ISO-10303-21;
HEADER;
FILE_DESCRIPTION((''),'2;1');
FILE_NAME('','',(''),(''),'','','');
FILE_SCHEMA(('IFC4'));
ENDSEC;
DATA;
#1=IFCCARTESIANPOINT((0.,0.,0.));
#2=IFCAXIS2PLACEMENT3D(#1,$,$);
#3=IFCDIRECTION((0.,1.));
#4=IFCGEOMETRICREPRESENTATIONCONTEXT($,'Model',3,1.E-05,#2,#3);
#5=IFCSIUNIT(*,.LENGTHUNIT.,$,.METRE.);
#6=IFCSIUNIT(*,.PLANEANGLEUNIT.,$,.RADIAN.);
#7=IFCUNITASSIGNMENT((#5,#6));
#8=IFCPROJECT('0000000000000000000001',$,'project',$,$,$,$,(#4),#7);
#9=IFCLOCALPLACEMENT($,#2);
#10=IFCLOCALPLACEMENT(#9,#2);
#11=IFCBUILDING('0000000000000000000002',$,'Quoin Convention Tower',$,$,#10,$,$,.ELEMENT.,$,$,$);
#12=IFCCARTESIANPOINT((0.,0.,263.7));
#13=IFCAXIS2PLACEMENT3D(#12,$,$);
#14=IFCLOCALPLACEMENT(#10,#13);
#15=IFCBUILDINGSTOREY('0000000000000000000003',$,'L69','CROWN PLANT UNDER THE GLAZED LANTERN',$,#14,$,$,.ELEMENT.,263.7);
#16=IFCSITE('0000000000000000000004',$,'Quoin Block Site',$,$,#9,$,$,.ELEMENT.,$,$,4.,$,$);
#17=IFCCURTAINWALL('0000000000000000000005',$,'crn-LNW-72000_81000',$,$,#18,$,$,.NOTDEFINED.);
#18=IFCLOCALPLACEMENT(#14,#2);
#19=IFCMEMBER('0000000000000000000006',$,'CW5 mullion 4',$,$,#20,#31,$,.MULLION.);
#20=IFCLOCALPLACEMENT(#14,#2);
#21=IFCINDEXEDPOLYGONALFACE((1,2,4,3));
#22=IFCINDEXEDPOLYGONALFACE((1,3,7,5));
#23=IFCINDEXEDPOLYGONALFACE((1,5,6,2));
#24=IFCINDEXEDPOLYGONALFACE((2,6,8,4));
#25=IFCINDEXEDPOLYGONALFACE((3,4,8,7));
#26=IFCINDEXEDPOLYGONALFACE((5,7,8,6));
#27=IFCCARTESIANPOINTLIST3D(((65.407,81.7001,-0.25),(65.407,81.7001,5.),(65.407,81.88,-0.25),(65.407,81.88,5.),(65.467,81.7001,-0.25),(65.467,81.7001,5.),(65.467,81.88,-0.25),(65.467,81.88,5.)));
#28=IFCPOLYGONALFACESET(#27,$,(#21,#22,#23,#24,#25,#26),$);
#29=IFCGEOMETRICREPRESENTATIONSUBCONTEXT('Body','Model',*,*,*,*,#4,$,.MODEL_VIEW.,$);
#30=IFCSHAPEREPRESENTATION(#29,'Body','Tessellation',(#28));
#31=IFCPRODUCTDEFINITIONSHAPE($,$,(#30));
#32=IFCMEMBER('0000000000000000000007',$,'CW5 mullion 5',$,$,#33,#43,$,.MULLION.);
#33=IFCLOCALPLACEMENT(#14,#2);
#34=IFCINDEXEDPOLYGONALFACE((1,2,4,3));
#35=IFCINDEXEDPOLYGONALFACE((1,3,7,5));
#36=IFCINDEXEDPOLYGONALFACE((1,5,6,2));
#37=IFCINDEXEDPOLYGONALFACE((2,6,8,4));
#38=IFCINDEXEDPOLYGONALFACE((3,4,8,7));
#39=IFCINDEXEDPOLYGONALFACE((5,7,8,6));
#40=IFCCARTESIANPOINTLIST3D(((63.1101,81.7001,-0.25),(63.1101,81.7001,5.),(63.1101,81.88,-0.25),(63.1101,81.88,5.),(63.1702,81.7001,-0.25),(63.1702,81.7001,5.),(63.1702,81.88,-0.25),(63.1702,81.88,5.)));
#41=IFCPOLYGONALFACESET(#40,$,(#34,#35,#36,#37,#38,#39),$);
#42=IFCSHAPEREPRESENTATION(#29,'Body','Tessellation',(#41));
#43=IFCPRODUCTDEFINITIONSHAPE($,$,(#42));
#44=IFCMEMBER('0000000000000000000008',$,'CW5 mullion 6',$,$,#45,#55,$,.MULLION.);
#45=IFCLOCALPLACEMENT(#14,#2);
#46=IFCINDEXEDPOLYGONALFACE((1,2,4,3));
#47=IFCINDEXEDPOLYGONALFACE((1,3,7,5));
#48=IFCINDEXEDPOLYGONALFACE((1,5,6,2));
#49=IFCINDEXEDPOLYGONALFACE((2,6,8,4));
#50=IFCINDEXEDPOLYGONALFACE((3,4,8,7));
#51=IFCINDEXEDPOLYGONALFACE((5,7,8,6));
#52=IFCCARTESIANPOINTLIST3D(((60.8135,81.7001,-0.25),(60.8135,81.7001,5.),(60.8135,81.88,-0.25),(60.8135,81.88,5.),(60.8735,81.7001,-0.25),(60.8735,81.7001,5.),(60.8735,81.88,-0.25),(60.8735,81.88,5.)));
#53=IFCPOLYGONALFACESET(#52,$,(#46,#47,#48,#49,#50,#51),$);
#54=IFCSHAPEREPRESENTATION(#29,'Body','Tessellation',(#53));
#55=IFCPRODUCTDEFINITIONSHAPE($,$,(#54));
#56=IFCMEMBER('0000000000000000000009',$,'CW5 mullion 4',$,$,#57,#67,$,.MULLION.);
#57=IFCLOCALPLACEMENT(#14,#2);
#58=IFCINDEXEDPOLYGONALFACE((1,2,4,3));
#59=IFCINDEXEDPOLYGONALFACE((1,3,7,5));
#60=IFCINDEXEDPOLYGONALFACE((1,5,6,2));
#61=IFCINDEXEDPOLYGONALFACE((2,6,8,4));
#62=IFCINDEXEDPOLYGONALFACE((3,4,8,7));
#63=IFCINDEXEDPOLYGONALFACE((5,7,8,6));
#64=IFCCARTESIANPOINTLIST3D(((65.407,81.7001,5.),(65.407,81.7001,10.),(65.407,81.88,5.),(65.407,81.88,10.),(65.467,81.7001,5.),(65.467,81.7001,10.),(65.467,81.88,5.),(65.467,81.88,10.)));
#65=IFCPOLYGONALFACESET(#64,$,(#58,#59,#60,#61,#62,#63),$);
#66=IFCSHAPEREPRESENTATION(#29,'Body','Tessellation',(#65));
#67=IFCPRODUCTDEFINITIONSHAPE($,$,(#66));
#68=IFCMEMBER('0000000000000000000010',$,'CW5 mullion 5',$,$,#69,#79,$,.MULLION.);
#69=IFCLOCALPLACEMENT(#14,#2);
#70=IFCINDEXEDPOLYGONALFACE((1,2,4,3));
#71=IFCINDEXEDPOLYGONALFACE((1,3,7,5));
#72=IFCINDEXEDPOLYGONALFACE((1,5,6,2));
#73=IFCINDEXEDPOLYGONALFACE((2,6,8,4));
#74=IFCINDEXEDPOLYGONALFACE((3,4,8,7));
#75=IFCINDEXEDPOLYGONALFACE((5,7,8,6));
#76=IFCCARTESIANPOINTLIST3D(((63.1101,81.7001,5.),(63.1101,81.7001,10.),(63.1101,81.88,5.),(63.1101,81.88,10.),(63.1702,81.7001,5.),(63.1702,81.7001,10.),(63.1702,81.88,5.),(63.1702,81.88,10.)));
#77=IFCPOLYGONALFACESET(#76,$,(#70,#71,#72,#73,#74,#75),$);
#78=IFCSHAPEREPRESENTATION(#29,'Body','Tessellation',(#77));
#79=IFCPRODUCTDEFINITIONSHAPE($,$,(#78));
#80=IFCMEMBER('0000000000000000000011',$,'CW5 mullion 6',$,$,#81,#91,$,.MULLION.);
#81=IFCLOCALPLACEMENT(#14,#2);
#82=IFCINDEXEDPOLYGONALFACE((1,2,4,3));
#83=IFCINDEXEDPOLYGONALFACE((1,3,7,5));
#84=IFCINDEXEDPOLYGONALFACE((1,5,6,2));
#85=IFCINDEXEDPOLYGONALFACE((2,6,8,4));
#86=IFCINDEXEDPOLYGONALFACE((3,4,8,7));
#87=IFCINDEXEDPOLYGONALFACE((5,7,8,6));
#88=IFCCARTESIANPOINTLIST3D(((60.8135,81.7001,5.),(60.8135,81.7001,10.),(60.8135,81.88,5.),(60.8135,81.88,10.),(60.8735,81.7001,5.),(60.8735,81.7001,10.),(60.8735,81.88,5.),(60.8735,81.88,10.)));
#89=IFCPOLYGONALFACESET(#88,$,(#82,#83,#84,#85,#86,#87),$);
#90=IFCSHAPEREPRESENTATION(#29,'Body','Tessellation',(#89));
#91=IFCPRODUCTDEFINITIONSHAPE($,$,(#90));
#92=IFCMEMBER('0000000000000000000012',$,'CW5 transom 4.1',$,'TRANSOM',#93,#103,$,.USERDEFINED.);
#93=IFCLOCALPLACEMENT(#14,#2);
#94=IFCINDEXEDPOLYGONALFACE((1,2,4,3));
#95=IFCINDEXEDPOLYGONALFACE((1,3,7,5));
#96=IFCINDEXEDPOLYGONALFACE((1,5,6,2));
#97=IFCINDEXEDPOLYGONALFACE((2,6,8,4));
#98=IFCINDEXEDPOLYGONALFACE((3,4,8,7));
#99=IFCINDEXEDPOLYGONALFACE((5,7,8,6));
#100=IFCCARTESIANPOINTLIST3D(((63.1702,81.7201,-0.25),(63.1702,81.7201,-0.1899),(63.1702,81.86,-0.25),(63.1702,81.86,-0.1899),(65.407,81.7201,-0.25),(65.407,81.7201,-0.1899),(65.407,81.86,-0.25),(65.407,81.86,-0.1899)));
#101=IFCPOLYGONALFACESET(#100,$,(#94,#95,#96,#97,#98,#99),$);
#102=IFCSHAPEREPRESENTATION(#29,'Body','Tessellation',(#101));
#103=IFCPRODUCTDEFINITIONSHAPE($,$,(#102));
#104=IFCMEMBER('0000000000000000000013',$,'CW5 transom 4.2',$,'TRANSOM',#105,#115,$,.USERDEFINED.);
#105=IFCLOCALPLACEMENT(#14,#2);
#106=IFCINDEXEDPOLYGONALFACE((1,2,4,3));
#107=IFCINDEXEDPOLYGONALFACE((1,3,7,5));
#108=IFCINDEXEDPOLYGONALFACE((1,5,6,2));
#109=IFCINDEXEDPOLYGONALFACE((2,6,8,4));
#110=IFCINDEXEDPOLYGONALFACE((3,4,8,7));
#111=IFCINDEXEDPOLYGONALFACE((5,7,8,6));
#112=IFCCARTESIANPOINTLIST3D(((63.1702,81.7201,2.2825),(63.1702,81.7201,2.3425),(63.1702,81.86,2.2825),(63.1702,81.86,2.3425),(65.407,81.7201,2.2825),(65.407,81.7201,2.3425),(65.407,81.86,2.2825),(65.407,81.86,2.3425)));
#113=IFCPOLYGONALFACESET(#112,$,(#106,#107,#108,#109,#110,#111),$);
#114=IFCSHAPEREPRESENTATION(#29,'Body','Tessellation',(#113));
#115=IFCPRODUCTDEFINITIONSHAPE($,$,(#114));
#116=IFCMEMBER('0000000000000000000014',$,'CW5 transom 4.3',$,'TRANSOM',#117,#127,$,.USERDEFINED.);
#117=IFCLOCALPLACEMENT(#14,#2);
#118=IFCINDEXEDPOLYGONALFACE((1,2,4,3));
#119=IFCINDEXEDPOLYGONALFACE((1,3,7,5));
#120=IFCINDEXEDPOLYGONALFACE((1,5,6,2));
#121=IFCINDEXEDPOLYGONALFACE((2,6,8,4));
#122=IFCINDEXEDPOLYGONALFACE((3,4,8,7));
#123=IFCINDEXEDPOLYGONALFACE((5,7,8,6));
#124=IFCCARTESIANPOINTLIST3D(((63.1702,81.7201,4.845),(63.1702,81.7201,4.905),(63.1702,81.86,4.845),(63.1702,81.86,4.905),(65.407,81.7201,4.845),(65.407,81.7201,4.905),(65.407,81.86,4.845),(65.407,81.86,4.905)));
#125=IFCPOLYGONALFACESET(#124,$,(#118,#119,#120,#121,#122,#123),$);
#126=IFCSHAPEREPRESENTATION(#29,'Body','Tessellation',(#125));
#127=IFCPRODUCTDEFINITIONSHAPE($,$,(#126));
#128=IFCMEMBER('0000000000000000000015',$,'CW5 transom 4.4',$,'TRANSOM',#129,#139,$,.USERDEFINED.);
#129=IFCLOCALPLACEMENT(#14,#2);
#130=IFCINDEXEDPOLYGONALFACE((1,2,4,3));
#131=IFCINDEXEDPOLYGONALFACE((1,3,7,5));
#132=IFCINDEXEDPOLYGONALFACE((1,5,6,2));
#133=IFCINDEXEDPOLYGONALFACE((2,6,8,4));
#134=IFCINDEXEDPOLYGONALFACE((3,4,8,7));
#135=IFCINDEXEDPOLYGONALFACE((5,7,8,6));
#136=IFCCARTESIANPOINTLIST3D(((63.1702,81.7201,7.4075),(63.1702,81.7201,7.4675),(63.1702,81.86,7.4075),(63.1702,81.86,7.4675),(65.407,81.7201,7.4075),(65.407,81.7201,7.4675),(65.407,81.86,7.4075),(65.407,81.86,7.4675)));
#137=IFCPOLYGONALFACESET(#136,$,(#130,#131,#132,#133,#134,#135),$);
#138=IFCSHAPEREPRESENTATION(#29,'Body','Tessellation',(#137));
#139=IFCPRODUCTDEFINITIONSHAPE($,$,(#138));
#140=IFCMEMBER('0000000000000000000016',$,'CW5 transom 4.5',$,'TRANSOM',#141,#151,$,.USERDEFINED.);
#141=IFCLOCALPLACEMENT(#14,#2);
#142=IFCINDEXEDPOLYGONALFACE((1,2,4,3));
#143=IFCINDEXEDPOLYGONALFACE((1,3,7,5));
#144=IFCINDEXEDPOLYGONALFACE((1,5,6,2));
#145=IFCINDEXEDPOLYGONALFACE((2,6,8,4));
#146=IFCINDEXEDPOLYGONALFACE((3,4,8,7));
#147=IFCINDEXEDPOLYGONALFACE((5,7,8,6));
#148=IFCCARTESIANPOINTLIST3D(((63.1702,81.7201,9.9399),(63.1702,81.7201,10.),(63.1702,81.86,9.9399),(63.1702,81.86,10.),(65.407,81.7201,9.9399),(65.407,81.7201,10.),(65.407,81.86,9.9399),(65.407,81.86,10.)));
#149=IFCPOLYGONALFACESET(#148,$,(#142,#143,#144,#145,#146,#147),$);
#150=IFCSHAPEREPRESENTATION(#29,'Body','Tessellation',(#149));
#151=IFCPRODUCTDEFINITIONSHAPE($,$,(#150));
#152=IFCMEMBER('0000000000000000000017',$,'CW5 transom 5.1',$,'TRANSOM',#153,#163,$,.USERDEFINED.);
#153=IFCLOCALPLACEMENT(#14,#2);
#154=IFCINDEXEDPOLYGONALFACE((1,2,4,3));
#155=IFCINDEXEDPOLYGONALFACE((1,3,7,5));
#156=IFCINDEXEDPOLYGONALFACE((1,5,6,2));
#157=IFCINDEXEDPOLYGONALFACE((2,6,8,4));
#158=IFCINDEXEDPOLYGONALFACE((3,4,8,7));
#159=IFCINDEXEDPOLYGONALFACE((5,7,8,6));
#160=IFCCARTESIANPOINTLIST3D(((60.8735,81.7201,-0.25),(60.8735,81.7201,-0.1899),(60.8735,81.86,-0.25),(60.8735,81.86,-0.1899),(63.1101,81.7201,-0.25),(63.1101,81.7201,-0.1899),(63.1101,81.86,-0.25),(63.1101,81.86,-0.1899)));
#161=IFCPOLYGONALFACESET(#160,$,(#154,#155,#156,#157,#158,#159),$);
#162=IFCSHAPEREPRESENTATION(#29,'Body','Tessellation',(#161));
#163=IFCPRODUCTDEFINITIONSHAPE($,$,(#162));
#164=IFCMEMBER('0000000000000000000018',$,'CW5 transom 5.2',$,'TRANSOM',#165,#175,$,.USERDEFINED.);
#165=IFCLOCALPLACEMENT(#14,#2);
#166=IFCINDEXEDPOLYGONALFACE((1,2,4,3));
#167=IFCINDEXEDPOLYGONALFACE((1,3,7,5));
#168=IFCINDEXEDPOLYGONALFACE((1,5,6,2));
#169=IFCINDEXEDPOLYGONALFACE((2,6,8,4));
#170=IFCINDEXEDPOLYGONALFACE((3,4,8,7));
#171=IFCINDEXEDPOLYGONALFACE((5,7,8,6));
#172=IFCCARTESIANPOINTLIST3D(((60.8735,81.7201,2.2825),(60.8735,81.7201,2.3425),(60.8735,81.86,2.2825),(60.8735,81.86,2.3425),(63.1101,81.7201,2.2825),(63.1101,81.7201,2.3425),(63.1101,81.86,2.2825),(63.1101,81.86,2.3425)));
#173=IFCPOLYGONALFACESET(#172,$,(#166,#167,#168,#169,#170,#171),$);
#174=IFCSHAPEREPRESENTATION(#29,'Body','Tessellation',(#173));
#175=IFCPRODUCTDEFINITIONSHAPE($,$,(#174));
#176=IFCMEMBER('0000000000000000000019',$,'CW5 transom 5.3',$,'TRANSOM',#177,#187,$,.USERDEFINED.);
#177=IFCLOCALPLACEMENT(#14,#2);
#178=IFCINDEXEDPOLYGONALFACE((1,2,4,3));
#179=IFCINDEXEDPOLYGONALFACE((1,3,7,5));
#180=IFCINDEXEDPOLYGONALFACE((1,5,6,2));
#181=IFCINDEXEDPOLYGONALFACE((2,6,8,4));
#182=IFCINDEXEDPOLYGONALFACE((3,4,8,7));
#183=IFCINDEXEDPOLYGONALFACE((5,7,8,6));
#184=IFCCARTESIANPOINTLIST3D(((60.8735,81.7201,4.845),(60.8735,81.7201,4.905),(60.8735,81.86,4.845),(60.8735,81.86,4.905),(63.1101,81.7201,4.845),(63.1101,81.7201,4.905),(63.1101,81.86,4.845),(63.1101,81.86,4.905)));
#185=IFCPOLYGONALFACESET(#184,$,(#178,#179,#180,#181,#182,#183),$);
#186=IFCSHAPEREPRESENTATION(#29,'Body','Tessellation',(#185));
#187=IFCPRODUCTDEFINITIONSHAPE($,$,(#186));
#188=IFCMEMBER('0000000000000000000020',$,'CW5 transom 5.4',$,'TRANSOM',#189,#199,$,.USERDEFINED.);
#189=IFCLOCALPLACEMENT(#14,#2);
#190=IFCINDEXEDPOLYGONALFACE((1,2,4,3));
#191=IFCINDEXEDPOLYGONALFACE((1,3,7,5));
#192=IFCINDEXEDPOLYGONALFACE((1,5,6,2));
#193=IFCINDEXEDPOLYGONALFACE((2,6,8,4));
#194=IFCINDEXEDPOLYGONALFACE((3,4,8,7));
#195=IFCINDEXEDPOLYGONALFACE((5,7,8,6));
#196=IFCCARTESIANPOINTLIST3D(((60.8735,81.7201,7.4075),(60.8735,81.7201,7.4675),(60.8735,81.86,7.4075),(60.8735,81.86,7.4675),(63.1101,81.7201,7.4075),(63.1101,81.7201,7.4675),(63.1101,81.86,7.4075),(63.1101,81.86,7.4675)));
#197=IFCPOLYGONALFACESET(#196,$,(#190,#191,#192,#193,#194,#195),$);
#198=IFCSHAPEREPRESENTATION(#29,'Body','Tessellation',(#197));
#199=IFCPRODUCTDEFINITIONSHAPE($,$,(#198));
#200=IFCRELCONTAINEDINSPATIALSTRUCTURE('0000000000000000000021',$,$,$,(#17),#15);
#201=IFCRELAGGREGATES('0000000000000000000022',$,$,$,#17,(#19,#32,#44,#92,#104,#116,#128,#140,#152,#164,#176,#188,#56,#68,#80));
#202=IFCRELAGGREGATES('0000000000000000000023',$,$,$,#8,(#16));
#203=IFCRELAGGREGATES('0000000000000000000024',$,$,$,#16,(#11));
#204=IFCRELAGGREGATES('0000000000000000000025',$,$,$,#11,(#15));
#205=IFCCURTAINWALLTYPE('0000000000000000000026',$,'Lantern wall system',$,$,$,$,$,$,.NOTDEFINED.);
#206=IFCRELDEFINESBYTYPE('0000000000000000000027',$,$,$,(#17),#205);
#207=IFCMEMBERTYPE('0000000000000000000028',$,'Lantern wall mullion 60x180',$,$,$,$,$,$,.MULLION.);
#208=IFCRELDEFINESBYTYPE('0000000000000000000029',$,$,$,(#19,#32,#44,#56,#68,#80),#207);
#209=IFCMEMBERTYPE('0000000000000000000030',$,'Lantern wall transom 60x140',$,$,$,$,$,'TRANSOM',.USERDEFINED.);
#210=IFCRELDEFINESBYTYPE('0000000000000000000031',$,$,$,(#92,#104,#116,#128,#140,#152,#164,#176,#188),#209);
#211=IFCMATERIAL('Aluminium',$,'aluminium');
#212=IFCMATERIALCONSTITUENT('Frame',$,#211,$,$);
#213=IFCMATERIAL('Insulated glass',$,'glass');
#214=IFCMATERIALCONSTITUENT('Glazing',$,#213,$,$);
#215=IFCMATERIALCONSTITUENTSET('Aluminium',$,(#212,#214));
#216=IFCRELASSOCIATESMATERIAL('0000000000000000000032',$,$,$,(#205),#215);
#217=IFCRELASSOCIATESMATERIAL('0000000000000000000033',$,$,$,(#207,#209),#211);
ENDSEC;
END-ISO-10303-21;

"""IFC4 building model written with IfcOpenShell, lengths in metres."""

from ifc_helpers import new_model, si_unit, direction, frame, origin, origin_2d, place, context, subcontext, project, spatial, rectangle, extrude, material, constituent, constituent_set, material_profile, profile_set, type_object, element, aggregate, save


model = new_model("IFC4")

# Units and contexts
model_context = context("Model", 3, precision=1e-05, world=origin(), true_north=direction((0.0, 1.0)))
body_context = subcontext(model_context, "Body", "Model", "MODEL_VIEW")
ifc_project = project(units=[si_unit("LENGTHUNIT", "METRE"), si_unit("PLANEANGLEUNIT", "RADIAN")], contexts=[model_context])

# Site, building, storey
site_placement = place(None, origin())
site = spatial("IfcSite", under=ifc_project, at=site_placement, Name="Quoin Block Site", CompositionType="ELEMENT", RefElevation=4.0)
building_placement = place(site_placement, origin())
building = spatial("IfcBuilding", under=site, at=building_placement, Name="Quoin Convention Tower", CompositionType="ELEMENT")
storey_placement = place(building_placement, frame((0.0, 0.0, 263.7)))
storey = spatial("IfcBuildingStorey", under=building, at=storey_placement, Name="L69", Description="CROWN PLANT UNDER THE GLAZED LANTERN", CompositionType="ELEMENT", Elevation=263.7)

# Curtain wall, members
ifc_material_1 = material(Name="Aluminium", Category="aluminium")
ifc_constituent_1 = constituent(ifc_material_1, Name="Frame")
ifc_material_2 = material(Name="Insulated glass", Category="glass")
ifc_constituent_2 = constituent(ifc_material_2, Name="Glazing")
ifc_constituent_set = constituent_set(constituents=[ifc_constituent_1, ifc_constituent_2], Name="Aluminium")
curtain_wall_type = type_object("IfcCurtainWallType", Name="Lantern wall system", PredefinedType="NOTDEFINED", material=ifc_constituent_set)
curtain_wall_placement = place(storey_placement, origin())
curtain_wall = element("IfcCurtainWall", 1, at=curtain_wall_placement, inside=storey, type_object=curtain_wall_type, Name="crn-LNW-72000_81000", PredefinedType="NOTDEFINED")
ifc_material_profile_1 = material_profile(ifc_material_1, rectangle(XDim=0.1799, YDim=0.0601, at=origin_2d()), Name="Lantern wall mullion 60x180")
ifc_profile_set_1 = profile_set([ifc_material_profile_1], Name="Aluminium")
member_type_1 = type_object("IfcMemberType", Name="Lantern wall mullion 60x180", PredefinedType="MULLION", material=ifc_profile_set_1)
member_1_placement = place(storey_placement, frame((65.437, 81.79, -0.25), z_axis=(0.0, 0.0, 1.0), x_axis=(0.0, -1.0, 0.0)))
member_1 = element("IfcMember", 2, at=member_1_placement, type_object=member_type_1, Name="CW5 mullion 4", PredefinedType="MULLION", context=body_context, shape_type="SweptSolid", body=[
    extrude(rectangle(XDim=0.1799, YDim=0.0601, at=origin_2d()), origin(), (0.0, 0.0, 1.0), 5.25),
])
member_2_placement = place(storey_placement, frame((63.1401, 81.79, -0.25), z_axis=(0.0, 0.0, 1.0), x_axis=(0.0, -1.0, 0.0)))
member_2 = element("IfcMember", 3, at=member_2_placement, type_object=member_type_1, Name="CW5 mullion 5", PredefinedType="MULLION", context=body_context, shape_type="SweptSolid", body=[
    extrude(rectangle(XDim=0.1799, YDim=0.0601, at=origin_2d()), origin(), (0.0, 0.0, 1.0), 5.25),
])
member_3_placement = place(storey_placement, frame((60.8435, 81.79, -0.25), z_axis=(0.0, 0.0, 1.0), x_axis=(0.0, -1.0, 0.0)))
member_3 = element("IfcMember", 4, at=member_3_placement, type_object=member_type_1, Name="CW5 mullion 6", PredefinedType="MULLION", context=body_context, shape_type="SweptSolid", body=[
    extrude(rectangle(XDim=0.1799, YDim=0.0601, at=origin_2d()), origin(), (0.0, 0.0, 1.0), 5.25),
])
member_4_placement = place(storey_placement, frame((65.437, 81.79, 5.0), z_axis=(0.0, 0.0, 1.0), x_axis=(0.0, -1.0, 0.0)))
member_4 = element("IfcMember", 5, at=member_4_placement, type_object=member_type_1, Name="CW5 mullion 4", PredefinedType="MULLION", context=body_context, shape_type="SweptSolid", body=[
    extrude(rectangle(XDim=0.1799, YDim=0.0601, at=origin_2d()), origin(), (0.0, 0.0, 1.0), 5.0),
])
member_5_placement = place(storey_placement, frame((63.1401, 81.79, 5.0), z_axis=(0.0, 0.0, 1.0), x_axis=(0.0, -1.0, 0.0)))
member_5 = element("IfcMember", 6, at=member_5_placement, type_object=member_type_1, Name="CW5 mullion 5", PredefinedType="MULLION", context=body_context, shape_type="SweptSolid", body=[
    extrude(rectangle(XDim=0.1799, YDim=0.0601, at=origin_2d()), origin(), (0.0, 0.0, 1.0), 5.0),
])
member_6_placement = place(storey_placement, frame((60.8435, 81.79, 5.0), z_axis=(0.0, 0.0, 1.0), x_axis=(0.0, -1.0, 0.0)))
member_6 = element("IfcMember", 7, at=member_6_placement, type_object=member_type_1, Name="CW5 mullion 6", PredefinedType="MULLION", context=body_context, shape_type="SweptSolid", body=[
    extrude(rectangle(XDim=0.1799, YDim=0.0601, at=origin_2d()), origin(), (0.0, 0.0, 1.0), 5.0),
])
ifc_material_profile_2 = material_profile(ifc_material_1, rectangle(XDim=0.1399, YDim=0.0601, at=origin_2d()), Name="Lantern wall transom 60x140")
ifc_profile_set_2 = profile_set([ifc_material_profile_2], Name="Aluminium")
member_type_2 = type_object("IfcMemberType", Name="Lantern wall transom 60x140", ElementType="TRANSOM", PredefinedType="USERDEFINED", material=ifc_profile_set_2)
member_7_placement = place(storey_placement, frame((65.407, 81.79, -0.22), z_axis=(-1.0, 0.0, 0.0), x_axis=(0.0, -1.0, 0.0)))
member_7 = element("IfcMember", 8, at=member_7_placement, type_object=member_type_2, Name="CW5 transom 4.1", ObjectType="TRANSOM", PredefinedType="USERDEFINED", context=body_context, shape_type="SweptSolid", body=[
    extrude(rectangle(XDim=0.1399, YDim=0.0601, at=origin_2d()), origin(), (0.0, 0.0, 1.0), 2.2368),
])
member_8_placement = place(storey_placement, frame((65.407, 81.79, 2.3125), z_axis=(-1.0, 0.0, 0.0), x_axis=(0.0, -1.0, 0.0)))
member_8 = element("IfcMember", 9, at=member_8_placement, type_object=member_type_2, Name="CW5 transom 4.2", ObjectType="TRANSOM", PredefinedType="USERDEFINED", context=body_context, shape_type="SweptSolid", body=[
    extrude(rectangle(XDim=0.1399, YDim=0.0601, at=origin_2d()), origin(), (0.0, 0.0, 1.0), 2.2368),
])
member_9_placement = place(storey_placement, frame((65.407, 81.79, 4.875), z_axis=(-1.0, 0.0, 0.0), x_axis=(0.0, -1.0, 0.0)))
member_9 = element("IfcMember", 10, at=member_9_placement, type_object=member_type_2, Name="CW5 transom 4.3", ObjectType="TRANSOM", PredefinedType="USERDEFINED", context=body_context, shape_type="SweptSolid", body=[
    extrude(rectangle(XDim=0.1399, YDim=0.0601, at=origin_2d()), origin(), (0.0, 0.0, 1.0), 2.2368),
])
member_10_placement = place(storey_placement, frame((65.407, 81.79, 7.4375), z_axis=(-1.0, 0.0, 0.0), x_axis=(0.0, -1.0, 0.0)))
member_10 = element("IfcMember", 11, at=member_10_placement, type_object=member_type_2, Name="CW5 transom 4.4", ObjectType="TRANSOM", PredefinedType="USERDEFINED", context=body_context, shape_type="SweptSolid", body=[
    extrude(rectangle(XDim=0.1399, YDim=0.0601, at=origin_2d()), origin(), (0.0, 0.0, 1.0), 2.2368),
])
member_11_placement = place(storey_placement, frame((65.407, 81.79, 9.97), z_axis=(-1.0, 0.0, 0.0), x_axis=(0.0, -1.0, 0.0)))
member_11 = element("IfcMember", 12, at=member_11_placement, type_object=member_type_2, Name="CW5 transom 4.5", ObjectType="TRANSOM", PredefinedType="USERDEFINED", context=body_context, shape_type="SweptSolid", body=[
    extrude(rectangle(XDim=0.1399, YDim=0.0601, at=origin_2d()), origin(), (0.0, 0.0, 1.0), 2.2368),
])
member_12_placement = place(storey_placement, frame((63.1101, 81.79, -0.22), z_axis=(-1.0, 0.0, 0.0), x_axis=(0.0, -1.0, 0.0)))
member_12 = element("IfcMember", 13, at=member_12_placement, type_object=member_type_2, Name="CW5 transom 5.1", ObjectType="TRANSOM", PredefinedType="USERDEFINED", context=body_context, shape_type="SweptSolid", body=[
    extrude(rectangle(XDim=0.1399, YDim=0.0601, at=origin_2d()), origin(), (0.0, 0.0, 1.0), 2.2366),
])
member_13_placement = place(storey_placement, frame((63.1101, 81.79, 2.3125), z_axis=(-1.0, 0.0, 0.0), x_axis=(0.0, -1.0, 0.0)))
member_13 = element("IfcMember", 14, at=member_13_placement, type_object=member_type_2, Name="CW5 transom 5.2", ObjectType="TRANSOM", PredefinedType="USERDEFINED", context=body_context, shape_type="SweptSolid", body=[
    extrude(rectangle(XDim=0.1399, YDim=0.0601, at=origin_2d()), origin(), (0.0, 0.0, 1.0), 2.2366),
])
member_14_placement = place(storey_placement, frame((63.1101, 81.79, 4.875), z_axis=(-1.0, 0.0, 0.0), x_axis=(0.0, -1.0, 0.0)))
member_14 = element("IfcMember", 15, at=member_14_placement, type_object=member_type_2, Name="CW5 transom 5.3", ObjectType="TRANSOM", PredefinedType="USERDEFINED", context=body_context, shape_type="SweptSolid", body=[
    extrude(rectangle(XDim=0.1399, YDim=0.0601, at=origin_2d()), origin(), (0.0, 0.0, 1.0), 2.2366),
])
member_15_placement = place(storey_placement, frame((63.1101, 81.79, 7.4375), z_axis=(-1.0, 0.0, 0.0), x_axis=(0.0, -1.0, 0.0)))
member_15 = element("IfcMember", 16, at=member_15_placement, type_object=member_type_2, Name="CW5 transom 5.4", ObjectType="TRANSOM", PredefinedType="USERDEFINED", context=body_context, shape_type="SweptSolid", body=[
    extrude(rectangle(XDim=0.1399, YDim=0.0601, at=origin_2d()), origin(), (0.0, 0.0, 1.0), 2.2366),
])
aggregate(curtain_wall, [member_1, member_2, member_3, member_7, member_8, member_9, member_10, member_11, member_12, member_13, member_14, member_15, member_4, member_5, member_6])

save(model, "model.ifc")
